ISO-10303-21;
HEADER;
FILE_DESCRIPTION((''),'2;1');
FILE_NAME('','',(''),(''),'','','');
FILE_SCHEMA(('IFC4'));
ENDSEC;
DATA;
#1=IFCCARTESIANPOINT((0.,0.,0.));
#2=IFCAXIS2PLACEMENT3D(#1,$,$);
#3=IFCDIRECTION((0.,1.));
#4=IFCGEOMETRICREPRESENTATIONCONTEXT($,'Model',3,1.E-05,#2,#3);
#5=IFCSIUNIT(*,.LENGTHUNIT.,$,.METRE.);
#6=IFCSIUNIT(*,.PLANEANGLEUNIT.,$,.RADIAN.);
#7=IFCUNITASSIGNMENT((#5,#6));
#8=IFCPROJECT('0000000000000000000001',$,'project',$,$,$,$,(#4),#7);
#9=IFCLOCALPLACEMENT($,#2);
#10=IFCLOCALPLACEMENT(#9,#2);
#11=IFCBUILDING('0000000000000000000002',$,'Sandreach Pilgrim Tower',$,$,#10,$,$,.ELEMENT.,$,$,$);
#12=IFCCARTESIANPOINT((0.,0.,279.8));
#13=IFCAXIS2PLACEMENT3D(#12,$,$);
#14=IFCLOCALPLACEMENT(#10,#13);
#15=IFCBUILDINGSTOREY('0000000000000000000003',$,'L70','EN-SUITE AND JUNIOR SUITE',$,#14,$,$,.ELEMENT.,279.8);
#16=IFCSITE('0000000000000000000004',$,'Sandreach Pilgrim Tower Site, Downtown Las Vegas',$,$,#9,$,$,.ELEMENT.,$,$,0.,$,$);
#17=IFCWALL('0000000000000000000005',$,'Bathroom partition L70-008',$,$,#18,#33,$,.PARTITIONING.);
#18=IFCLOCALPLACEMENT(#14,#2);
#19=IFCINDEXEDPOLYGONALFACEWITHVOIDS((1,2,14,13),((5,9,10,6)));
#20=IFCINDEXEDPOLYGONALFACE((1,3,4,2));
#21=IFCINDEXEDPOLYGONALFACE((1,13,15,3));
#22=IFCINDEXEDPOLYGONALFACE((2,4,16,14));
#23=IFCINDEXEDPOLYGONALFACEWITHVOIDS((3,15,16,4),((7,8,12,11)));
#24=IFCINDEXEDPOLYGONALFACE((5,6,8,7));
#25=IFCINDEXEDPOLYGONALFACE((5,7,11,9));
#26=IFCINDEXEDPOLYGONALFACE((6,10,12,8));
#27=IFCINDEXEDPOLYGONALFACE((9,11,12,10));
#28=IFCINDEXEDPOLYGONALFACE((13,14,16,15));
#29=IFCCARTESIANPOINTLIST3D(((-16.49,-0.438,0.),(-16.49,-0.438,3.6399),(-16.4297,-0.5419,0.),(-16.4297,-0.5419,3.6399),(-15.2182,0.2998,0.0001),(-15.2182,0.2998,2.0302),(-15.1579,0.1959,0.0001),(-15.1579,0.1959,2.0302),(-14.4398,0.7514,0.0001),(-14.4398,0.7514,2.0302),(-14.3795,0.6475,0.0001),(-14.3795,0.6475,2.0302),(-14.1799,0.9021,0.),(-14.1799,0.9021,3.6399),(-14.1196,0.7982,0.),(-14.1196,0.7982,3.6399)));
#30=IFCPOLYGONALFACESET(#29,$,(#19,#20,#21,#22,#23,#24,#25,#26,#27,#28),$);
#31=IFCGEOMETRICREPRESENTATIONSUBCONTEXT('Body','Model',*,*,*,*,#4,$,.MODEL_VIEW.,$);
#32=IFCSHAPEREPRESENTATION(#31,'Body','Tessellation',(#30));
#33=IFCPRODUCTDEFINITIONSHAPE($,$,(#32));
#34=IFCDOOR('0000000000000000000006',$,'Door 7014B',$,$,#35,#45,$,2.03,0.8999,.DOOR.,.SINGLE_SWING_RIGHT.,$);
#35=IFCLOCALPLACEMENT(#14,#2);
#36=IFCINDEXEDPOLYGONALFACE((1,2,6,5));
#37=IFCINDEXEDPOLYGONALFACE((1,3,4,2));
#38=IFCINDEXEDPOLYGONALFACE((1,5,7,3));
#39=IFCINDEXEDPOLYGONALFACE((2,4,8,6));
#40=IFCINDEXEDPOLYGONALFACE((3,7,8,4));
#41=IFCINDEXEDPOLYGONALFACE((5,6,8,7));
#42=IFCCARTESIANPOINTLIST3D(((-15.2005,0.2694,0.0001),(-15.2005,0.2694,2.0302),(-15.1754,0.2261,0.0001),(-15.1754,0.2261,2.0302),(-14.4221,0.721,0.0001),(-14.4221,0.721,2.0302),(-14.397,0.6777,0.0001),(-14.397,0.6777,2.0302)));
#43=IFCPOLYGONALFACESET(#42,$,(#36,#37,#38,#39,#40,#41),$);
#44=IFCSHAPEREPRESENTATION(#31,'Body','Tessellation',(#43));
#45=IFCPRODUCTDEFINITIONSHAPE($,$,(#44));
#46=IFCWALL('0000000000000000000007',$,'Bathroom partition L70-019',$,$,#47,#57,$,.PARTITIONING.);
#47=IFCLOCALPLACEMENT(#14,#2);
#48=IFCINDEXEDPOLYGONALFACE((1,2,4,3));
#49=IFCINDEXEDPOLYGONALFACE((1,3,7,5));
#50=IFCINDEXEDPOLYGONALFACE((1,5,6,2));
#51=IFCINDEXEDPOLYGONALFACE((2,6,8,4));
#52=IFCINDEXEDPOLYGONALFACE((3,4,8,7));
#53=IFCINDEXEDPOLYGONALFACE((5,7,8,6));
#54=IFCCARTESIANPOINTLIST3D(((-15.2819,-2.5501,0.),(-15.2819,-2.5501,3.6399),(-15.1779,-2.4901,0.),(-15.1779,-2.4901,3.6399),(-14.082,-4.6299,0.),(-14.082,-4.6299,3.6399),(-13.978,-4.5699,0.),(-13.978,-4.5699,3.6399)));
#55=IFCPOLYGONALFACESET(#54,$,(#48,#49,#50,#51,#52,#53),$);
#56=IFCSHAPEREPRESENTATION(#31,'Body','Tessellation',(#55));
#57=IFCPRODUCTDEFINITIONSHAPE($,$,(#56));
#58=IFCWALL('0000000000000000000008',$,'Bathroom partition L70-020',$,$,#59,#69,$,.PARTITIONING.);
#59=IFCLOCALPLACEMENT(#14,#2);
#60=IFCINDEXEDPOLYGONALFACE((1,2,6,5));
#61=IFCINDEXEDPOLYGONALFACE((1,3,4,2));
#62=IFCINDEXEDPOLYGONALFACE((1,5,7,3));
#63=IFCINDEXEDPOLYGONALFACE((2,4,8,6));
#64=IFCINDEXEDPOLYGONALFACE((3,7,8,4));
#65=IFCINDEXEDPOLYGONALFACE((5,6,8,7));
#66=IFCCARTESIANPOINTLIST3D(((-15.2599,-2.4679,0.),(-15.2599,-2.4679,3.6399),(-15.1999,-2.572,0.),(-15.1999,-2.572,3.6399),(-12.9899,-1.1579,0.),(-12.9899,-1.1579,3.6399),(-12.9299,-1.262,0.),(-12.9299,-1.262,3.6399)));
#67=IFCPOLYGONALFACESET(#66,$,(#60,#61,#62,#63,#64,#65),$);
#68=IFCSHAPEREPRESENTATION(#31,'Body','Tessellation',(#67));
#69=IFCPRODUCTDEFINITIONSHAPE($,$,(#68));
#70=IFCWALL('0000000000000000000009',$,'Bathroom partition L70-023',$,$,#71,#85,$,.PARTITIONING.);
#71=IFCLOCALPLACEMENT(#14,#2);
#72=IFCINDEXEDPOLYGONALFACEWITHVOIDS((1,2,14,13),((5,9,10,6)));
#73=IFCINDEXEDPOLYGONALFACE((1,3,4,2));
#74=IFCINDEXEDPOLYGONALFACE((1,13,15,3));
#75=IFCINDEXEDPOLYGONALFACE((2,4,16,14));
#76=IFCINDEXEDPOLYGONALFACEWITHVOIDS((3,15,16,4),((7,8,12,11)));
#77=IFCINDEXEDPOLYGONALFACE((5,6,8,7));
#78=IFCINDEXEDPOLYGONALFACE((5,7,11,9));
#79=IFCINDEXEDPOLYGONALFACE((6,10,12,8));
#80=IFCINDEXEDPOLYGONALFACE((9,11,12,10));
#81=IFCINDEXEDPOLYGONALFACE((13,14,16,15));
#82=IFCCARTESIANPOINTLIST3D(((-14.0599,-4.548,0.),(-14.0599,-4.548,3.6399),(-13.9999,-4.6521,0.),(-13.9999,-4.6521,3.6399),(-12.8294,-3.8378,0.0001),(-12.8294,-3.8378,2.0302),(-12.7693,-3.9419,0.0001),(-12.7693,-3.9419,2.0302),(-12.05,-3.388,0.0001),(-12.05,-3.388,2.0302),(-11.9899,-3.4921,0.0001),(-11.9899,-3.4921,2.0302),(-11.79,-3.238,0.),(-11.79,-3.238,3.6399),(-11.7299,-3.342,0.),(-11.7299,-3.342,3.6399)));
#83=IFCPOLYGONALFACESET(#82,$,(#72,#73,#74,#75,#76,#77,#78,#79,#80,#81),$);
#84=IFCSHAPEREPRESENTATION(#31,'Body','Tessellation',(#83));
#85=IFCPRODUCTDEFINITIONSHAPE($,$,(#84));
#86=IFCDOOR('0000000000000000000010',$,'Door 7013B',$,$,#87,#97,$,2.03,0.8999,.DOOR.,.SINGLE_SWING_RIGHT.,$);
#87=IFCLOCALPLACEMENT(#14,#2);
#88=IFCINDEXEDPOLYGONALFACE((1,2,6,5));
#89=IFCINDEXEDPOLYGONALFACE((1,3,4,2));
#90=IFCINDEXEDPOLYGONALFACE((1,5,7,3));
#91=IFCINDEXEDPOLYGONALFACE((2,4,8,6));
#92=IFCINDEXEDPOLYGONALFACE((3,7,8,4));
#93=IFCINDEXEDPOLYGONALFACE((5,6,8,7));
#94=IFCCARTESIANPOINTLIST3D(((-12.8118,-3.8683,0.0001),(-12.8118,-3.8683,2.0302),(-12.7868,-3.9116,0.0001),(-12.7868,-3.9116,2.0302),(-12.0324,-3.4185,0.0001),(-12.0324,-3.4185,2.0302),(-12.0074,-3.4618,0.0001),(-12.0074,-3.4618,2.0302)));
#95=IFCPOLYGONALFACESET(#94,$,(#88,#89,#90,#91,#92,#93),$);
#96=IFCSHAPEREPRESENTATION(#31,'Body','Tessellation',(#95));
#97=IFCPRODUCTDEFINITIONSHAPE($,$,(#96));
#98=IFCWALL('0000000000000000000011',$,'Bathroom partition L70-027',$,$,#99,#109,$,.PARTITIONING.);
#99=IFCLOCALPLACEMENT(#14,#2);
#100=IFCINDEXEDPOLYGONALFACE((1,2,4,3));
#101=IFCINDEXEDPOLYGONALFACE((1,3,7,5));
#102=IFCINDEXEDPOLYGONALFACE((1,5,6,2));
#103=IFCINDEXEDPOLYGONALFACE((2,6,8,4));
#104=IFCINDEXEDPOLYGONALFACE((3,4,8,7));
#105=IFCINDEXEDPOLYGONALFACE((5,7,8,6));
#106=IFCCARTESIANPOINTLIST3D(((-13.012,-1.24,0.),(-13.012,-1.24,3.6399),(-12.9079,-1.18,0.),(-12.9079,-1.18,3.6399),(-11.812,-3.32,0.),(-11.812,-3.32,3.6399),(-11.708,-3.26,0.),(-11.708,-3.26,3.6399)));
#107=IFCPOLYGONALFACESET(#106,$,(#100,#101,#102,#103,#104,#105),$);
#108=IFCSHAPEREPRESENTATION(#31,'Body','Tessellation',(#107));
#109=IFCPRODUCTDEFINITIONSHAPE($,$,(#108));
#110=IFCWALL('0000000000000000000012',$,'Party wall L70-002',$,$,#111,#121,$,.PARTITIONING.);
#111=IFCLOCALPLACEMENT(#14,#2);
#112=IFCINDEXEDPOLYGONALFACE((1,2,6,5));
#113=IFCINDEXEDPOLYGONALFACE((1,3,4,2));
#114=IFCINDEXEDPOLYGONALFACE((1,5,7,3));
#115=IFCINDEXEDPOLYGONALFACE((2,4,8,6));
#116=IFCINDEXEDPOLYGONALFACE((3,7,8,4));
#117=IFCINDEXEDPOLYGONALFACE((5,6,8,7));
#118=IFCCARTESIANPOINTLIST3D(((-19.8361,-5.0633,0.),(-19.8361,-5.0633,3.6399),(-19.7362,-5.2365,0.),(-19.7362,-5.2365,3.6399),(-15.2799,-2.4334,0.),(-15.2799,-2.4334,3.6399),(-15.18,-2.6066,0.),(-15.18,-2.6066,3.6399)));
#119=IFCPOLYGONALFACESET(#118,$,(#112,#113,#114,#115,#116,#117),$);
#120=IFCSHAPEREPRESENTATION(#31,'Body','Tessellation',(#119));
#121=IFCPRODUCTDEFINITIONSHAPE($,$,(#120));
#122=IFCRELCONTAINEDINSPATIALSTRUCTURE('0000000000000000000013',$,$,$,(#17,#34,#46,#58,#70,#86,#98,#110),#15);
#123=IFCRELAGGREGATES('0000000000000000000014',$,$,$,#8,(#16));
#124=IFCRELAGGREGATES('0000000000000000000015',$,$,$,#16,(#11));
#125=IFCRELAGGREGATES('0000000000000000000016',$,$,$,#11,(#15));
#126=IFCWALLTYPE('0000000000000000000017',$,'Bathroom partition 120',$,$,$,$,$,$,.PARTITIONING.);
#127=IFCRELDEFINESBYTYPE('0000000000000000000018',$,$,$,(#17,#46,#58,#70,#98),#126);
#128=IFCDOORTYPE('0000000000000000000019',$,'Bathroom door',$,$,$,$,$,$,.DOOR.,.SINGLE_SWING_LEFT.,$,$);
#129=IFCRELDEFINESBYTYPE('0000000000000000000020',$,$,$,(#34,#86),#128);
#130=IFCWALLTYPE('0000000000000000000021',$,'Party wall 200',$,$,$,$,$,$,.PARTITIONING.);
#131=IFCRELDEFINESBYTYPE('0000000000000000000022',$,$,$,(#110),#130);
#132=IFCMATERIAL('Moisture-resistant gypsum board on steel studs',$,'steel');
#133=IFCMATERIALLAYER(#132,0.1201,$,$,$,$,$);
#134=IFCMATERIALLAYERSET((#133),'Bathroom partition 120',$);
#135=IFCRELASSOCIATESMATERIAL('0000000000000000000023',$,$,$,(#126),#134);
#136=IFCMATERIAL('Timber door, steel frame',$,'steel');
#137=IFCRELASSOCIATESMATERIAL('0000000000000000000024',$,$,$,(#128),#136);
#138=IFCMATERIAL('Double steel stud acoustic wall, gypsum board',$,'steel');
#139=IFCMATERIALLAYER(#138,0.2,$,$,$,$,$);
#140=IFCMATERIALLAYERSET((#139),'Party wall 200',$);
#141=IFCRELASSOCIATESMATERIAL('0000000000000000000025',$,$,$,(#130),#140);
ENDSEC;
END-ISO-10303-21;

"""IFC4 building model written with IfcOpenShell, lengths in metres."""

from ifc_helpers import new_model, si_unit, direction, frame, frame_2d, origin, place, context, subcontext, project, spatial, rectangle, extrude, material, layer, layer_set, type_object, element, fill, save


model = new_model("IFC4")

# Units and contexts
model_context = context("Model", 3, precision=1e-05, world=origin(), true_north=direction((0.0, 1.0)))
body_context = subcontext(model_context, "Body", "Model", "MODEL_VIEW")
ifc_project = project(units=[si_unit("LENGTHUNIT", "METRE"), si_unit("PLANEANGLEUNIT", "RADIAN")], contexts=[model_context])

# Site, building, storey
site_placement = place(None, origin())
site = spatial("IfcSite", under=ifc_project, at=site_placement, Name="Sandreach Pilgrim Tower Site, Downtown Las Vegas", CompositionType="ELEMENT", RefElevation=0.0)
building_placement = place(site_placement, origin())
building = spatial("IfcBuilding", under=site, at=building_placement, Name="Sandreach Pilgrim Tower", CompositionType="ELEMENT")
storey_placement = place(building_placement, frame((0.0, 0.0, 279.8)))
storey = spatial("IfcBuildingStorey", under=building, at=storey_placement, Name="L70", Description="EN-SUITE AND JUNIOR SUITE", CompositionType="ELEMENT", Elevation=279.8)

# Wall, opening, door
ifc_material_1 = material(Name="Moisture-resistant gypsum board on steel studs", Category="steel")
ifc_layer_1 = layer(ifc_material_1, 0.1201)
ifc_layer_set_1 = layer_set([ifc_layer_1], Name="Bathroom partition 120")
wall_type_1 = type_object("IfcWallType", Name="Bathroom partition 120", PredefinedType="PARTITIONING", material=ifc_layer_set_1)
wall_1_placement = place(storey_placement, frame((-16.46, -0.49, 0.0), z_axis=(0.0, 0.0, 1.0), x_axis=(0.86499, 0.501789, 0.0)))
wall_1 = element("IfcWall", 1, at=wall_1_placement, inside=storey, type_object=wall_type_1, Name="Bathroom partition L70-008", PredefinedType="PARTITIONING", context=body_context, shape_type="SweptSolid", body=[
    extrude(rectangle(XDim=2.6707, YDim=0.1201, at=frame_2d((1.3354, 0.0))), origin(), (0.0, 0.0, 1.0), 3.6399),
])
opening_1_placement = place(wall_1_placement, frame((1.4705, 0.0, 0.0)))
opening_1 = element("IfcOpeningElement", 2, at=opening_1_placement, cuts=wall_1, PredefinedType="OPENING", context=body_context, shape_type="SweptSolid", body=[
    extrude(rectangle(XDim=0.8999, YDim=2.03, at=frame_2d((0.45, 1.0151))), frame((0.0, 0.0601, 0.0), z_axis=(0.0, -1.0, 0.0), x_axis=(1.0, 0.0, 0.0)), (0.0, 0.0, 1.0), 0.1201),
])
ifc_material_2 = material(Name="Timber door, steel frame", Category="steel")
door_type_1 = type_object("IfcDoorType", Name="Bathroom door", OperationType="SINGLE_SWING_LEFT", PredefinedType="DOOR", material=ifc_material_2)
door_1_placement = place(opening_1_placement, origin())
door_1 = element("IfcDoor", 3, at=door_1_placement, inside=storey, type_object=door_type_1, Name="Door 7014B", OperationType="SINGLE_SWING_RIGHT", OverallHeight=2.03, OverallWidth=0.8999, PredefinedType="DOOR", context=body_context, shape_type="SweptSolid", body=[
    extrude(rectangle(XDim=0.8999, YDim=2.03, at=frame_2d((0.45, 1.0151))), frame((0.0, 0.0249, 0.0), z_axis=(0.0, -1.0, 0.0), x_axis=(1.0, 0.0, 0.0)), (0.0, 0.0, 1.0), 0.05),
])
fill(opening_1, door_1)

# Walls
wall_2_placement = place(storey_placement, frame((-15.23, -2.52, 0.0), z_axis=(0.0, 0.0, 1.0), x_axis=(0.499737, -0.866177, 0.0)))
element("IfcWall", 4, at=wall_2_placement, inside=storey, type_object=wall_type_1, Name="Bathroom partition L70-019", PredefinedType="PARTITIONING", context=body_context, shape_type="SweptSolid", body=[
    extrude(rectangle(XDim=2.4011, YDim=0.1201, at=frame_2d((1.2007, 0.0))), origin(), (0.0, 0.0, 1.0), 3.6399),
])
wall_3_placement = place(storey_placement, frame((-15.23, -2.52, 0.0), z_axis=(0.0, 0.0, 1.0), x_axis=(0.866114, 0.499846, 0.0)))
element("IfcWall", 5, at=wall_3_placement, inside=storey, type_object=wall_type_1, Name="Bathroom partition L70-020", PredefinedType="PARTITIONING", context=body_context, shape_type="SweptSolid", body=[
    extrude(rectangle(XDim=2.6208, YDim=0.1201, at=frame_2d((1.3105, 0.0))), origin(), (0.0, 0.0, 1.0), 3.6399),
])

# Wall, opening, door
wall_4_placement = place(storey_placement, frame((-14.03, -4.6001, 0.0), z_axis=(0.0, 0.0, 1.0), x_axis=(0.866114, 0.499846, 0.0)))
wall_4 = element("IfcWall", 6, at=wall_4_placement, inside=storey, type_object=wall_type_1, Name="Bathroom partition L70-023", PredefinedType="PARTITIONING", context=body_context, shape_type="SweptSolid", body=[
    extrude(rectangle(XDim=2.6208, YDim=0.1201, at=frame_2d((1.3105, 0.0))), origin(), (0.0, 0.0, 1.0), 3.6399),
])
opening_2_placement = place(wall_4_placement, frame((1.4209, 0.0, 0.0)))
opening_2 = element("IfcOpeningElement", 7, at=opening_2_placement, cuts=wall_4, PredefinedType="OPENING", context=body_context, shape_type="SweptSolid", body=[
    extrude(rectangle(XDim=0.8999, YDim=2.03, at=frame_2d((0.45, 1.0151))), frame((0.0, 0.0601, 0.0), z_axis=(0.0, -1.0, 0.0), x_axis=(1.0, 0.0, 0.0)), (0.0, 0.0, 1.0), 0.1201),
])
door_2_placement = place(opening_2_placement, origin())
door_2 = element("IfcDoor", 8, at=door_2_placement, inside=storey, type_object=door_type_1, Name="Door 7013B", OperationType="SINGLE_SWING_RIGHT", OverallHeight=2.03, OverallWidth=0.8999, PredefinedType="DOOR", context=body_context, shape_type="SweptSolid", body=[
    extrude(rectangle(XDim=0.8999, YDim=2.03, at=frame_2d((0.45, 1.0151))), frame((0.0, 0.0249, 0.0), z_axis=(0.0, -1.0, 0.0), x_axis=(1.0, 0.0, 0.0)), (0.0, 0.0, 1.0), 0.05),
])
fill(opening_2, door_2)

# Wall
wall_5_placement = place(storey_placement, frame((-12.96, -1.21, 0.0), z_axis=(0.0, 0.0, 1.0), x_axis=(0.499693, -0.866203, 0.0)))
element("IfcWall", 9, at=wall_5_placement, inside=storey, type_object=wall_type_1, Name="Bathroom partition L70-027", PredefinedType="PARTITIONING", context=body_context, shape_type="SweptSolid", body=[
    extrude(rectangle(XDim=2.4014, YDim=0.1201, at=frame_2d((1.2007, 0.0))), origin(), (0.0, 0.0, 1.0), 3.6399),
])

# Wall
ifc_material_3 = material(Name="Double steel stud acoustic wall, gypsum board", Category="steel")
ifc_layer_2 = layer(ifc_material_3, 0.2)
ifc_layer_set_2 = layer_set([ifc_layer_2], Name="Party wall 200")
wall_type_2 = type_object("IfcWallType", Name="Party wall 200", PredefinedType="PARTITIONING", material=ifc_layer_set_2)
wall_6_placement = place(storey_placement, frame((-19.7861, -5.1499, 0.0), z_axis=(0.0, 0.0, 1.0), x_axis=(0.866076, 0.499913, 0.0)))
element("IfcWall", 10, at=wall_6_placement, inside=storey, type_object=wall_type_2, Name="Party wall L70-002", PredefinedType="PARTITIONING", context=body_context, shape_type="SweptSolid", body=[
    extrude(rectangle(XDim=5.2607, YDim=0.2, at=frame_2d((2.6304, 0.0))), origin(), (0.0, 0.0, 1.0), 3.6399),
])

save(model, "model.ifc")
